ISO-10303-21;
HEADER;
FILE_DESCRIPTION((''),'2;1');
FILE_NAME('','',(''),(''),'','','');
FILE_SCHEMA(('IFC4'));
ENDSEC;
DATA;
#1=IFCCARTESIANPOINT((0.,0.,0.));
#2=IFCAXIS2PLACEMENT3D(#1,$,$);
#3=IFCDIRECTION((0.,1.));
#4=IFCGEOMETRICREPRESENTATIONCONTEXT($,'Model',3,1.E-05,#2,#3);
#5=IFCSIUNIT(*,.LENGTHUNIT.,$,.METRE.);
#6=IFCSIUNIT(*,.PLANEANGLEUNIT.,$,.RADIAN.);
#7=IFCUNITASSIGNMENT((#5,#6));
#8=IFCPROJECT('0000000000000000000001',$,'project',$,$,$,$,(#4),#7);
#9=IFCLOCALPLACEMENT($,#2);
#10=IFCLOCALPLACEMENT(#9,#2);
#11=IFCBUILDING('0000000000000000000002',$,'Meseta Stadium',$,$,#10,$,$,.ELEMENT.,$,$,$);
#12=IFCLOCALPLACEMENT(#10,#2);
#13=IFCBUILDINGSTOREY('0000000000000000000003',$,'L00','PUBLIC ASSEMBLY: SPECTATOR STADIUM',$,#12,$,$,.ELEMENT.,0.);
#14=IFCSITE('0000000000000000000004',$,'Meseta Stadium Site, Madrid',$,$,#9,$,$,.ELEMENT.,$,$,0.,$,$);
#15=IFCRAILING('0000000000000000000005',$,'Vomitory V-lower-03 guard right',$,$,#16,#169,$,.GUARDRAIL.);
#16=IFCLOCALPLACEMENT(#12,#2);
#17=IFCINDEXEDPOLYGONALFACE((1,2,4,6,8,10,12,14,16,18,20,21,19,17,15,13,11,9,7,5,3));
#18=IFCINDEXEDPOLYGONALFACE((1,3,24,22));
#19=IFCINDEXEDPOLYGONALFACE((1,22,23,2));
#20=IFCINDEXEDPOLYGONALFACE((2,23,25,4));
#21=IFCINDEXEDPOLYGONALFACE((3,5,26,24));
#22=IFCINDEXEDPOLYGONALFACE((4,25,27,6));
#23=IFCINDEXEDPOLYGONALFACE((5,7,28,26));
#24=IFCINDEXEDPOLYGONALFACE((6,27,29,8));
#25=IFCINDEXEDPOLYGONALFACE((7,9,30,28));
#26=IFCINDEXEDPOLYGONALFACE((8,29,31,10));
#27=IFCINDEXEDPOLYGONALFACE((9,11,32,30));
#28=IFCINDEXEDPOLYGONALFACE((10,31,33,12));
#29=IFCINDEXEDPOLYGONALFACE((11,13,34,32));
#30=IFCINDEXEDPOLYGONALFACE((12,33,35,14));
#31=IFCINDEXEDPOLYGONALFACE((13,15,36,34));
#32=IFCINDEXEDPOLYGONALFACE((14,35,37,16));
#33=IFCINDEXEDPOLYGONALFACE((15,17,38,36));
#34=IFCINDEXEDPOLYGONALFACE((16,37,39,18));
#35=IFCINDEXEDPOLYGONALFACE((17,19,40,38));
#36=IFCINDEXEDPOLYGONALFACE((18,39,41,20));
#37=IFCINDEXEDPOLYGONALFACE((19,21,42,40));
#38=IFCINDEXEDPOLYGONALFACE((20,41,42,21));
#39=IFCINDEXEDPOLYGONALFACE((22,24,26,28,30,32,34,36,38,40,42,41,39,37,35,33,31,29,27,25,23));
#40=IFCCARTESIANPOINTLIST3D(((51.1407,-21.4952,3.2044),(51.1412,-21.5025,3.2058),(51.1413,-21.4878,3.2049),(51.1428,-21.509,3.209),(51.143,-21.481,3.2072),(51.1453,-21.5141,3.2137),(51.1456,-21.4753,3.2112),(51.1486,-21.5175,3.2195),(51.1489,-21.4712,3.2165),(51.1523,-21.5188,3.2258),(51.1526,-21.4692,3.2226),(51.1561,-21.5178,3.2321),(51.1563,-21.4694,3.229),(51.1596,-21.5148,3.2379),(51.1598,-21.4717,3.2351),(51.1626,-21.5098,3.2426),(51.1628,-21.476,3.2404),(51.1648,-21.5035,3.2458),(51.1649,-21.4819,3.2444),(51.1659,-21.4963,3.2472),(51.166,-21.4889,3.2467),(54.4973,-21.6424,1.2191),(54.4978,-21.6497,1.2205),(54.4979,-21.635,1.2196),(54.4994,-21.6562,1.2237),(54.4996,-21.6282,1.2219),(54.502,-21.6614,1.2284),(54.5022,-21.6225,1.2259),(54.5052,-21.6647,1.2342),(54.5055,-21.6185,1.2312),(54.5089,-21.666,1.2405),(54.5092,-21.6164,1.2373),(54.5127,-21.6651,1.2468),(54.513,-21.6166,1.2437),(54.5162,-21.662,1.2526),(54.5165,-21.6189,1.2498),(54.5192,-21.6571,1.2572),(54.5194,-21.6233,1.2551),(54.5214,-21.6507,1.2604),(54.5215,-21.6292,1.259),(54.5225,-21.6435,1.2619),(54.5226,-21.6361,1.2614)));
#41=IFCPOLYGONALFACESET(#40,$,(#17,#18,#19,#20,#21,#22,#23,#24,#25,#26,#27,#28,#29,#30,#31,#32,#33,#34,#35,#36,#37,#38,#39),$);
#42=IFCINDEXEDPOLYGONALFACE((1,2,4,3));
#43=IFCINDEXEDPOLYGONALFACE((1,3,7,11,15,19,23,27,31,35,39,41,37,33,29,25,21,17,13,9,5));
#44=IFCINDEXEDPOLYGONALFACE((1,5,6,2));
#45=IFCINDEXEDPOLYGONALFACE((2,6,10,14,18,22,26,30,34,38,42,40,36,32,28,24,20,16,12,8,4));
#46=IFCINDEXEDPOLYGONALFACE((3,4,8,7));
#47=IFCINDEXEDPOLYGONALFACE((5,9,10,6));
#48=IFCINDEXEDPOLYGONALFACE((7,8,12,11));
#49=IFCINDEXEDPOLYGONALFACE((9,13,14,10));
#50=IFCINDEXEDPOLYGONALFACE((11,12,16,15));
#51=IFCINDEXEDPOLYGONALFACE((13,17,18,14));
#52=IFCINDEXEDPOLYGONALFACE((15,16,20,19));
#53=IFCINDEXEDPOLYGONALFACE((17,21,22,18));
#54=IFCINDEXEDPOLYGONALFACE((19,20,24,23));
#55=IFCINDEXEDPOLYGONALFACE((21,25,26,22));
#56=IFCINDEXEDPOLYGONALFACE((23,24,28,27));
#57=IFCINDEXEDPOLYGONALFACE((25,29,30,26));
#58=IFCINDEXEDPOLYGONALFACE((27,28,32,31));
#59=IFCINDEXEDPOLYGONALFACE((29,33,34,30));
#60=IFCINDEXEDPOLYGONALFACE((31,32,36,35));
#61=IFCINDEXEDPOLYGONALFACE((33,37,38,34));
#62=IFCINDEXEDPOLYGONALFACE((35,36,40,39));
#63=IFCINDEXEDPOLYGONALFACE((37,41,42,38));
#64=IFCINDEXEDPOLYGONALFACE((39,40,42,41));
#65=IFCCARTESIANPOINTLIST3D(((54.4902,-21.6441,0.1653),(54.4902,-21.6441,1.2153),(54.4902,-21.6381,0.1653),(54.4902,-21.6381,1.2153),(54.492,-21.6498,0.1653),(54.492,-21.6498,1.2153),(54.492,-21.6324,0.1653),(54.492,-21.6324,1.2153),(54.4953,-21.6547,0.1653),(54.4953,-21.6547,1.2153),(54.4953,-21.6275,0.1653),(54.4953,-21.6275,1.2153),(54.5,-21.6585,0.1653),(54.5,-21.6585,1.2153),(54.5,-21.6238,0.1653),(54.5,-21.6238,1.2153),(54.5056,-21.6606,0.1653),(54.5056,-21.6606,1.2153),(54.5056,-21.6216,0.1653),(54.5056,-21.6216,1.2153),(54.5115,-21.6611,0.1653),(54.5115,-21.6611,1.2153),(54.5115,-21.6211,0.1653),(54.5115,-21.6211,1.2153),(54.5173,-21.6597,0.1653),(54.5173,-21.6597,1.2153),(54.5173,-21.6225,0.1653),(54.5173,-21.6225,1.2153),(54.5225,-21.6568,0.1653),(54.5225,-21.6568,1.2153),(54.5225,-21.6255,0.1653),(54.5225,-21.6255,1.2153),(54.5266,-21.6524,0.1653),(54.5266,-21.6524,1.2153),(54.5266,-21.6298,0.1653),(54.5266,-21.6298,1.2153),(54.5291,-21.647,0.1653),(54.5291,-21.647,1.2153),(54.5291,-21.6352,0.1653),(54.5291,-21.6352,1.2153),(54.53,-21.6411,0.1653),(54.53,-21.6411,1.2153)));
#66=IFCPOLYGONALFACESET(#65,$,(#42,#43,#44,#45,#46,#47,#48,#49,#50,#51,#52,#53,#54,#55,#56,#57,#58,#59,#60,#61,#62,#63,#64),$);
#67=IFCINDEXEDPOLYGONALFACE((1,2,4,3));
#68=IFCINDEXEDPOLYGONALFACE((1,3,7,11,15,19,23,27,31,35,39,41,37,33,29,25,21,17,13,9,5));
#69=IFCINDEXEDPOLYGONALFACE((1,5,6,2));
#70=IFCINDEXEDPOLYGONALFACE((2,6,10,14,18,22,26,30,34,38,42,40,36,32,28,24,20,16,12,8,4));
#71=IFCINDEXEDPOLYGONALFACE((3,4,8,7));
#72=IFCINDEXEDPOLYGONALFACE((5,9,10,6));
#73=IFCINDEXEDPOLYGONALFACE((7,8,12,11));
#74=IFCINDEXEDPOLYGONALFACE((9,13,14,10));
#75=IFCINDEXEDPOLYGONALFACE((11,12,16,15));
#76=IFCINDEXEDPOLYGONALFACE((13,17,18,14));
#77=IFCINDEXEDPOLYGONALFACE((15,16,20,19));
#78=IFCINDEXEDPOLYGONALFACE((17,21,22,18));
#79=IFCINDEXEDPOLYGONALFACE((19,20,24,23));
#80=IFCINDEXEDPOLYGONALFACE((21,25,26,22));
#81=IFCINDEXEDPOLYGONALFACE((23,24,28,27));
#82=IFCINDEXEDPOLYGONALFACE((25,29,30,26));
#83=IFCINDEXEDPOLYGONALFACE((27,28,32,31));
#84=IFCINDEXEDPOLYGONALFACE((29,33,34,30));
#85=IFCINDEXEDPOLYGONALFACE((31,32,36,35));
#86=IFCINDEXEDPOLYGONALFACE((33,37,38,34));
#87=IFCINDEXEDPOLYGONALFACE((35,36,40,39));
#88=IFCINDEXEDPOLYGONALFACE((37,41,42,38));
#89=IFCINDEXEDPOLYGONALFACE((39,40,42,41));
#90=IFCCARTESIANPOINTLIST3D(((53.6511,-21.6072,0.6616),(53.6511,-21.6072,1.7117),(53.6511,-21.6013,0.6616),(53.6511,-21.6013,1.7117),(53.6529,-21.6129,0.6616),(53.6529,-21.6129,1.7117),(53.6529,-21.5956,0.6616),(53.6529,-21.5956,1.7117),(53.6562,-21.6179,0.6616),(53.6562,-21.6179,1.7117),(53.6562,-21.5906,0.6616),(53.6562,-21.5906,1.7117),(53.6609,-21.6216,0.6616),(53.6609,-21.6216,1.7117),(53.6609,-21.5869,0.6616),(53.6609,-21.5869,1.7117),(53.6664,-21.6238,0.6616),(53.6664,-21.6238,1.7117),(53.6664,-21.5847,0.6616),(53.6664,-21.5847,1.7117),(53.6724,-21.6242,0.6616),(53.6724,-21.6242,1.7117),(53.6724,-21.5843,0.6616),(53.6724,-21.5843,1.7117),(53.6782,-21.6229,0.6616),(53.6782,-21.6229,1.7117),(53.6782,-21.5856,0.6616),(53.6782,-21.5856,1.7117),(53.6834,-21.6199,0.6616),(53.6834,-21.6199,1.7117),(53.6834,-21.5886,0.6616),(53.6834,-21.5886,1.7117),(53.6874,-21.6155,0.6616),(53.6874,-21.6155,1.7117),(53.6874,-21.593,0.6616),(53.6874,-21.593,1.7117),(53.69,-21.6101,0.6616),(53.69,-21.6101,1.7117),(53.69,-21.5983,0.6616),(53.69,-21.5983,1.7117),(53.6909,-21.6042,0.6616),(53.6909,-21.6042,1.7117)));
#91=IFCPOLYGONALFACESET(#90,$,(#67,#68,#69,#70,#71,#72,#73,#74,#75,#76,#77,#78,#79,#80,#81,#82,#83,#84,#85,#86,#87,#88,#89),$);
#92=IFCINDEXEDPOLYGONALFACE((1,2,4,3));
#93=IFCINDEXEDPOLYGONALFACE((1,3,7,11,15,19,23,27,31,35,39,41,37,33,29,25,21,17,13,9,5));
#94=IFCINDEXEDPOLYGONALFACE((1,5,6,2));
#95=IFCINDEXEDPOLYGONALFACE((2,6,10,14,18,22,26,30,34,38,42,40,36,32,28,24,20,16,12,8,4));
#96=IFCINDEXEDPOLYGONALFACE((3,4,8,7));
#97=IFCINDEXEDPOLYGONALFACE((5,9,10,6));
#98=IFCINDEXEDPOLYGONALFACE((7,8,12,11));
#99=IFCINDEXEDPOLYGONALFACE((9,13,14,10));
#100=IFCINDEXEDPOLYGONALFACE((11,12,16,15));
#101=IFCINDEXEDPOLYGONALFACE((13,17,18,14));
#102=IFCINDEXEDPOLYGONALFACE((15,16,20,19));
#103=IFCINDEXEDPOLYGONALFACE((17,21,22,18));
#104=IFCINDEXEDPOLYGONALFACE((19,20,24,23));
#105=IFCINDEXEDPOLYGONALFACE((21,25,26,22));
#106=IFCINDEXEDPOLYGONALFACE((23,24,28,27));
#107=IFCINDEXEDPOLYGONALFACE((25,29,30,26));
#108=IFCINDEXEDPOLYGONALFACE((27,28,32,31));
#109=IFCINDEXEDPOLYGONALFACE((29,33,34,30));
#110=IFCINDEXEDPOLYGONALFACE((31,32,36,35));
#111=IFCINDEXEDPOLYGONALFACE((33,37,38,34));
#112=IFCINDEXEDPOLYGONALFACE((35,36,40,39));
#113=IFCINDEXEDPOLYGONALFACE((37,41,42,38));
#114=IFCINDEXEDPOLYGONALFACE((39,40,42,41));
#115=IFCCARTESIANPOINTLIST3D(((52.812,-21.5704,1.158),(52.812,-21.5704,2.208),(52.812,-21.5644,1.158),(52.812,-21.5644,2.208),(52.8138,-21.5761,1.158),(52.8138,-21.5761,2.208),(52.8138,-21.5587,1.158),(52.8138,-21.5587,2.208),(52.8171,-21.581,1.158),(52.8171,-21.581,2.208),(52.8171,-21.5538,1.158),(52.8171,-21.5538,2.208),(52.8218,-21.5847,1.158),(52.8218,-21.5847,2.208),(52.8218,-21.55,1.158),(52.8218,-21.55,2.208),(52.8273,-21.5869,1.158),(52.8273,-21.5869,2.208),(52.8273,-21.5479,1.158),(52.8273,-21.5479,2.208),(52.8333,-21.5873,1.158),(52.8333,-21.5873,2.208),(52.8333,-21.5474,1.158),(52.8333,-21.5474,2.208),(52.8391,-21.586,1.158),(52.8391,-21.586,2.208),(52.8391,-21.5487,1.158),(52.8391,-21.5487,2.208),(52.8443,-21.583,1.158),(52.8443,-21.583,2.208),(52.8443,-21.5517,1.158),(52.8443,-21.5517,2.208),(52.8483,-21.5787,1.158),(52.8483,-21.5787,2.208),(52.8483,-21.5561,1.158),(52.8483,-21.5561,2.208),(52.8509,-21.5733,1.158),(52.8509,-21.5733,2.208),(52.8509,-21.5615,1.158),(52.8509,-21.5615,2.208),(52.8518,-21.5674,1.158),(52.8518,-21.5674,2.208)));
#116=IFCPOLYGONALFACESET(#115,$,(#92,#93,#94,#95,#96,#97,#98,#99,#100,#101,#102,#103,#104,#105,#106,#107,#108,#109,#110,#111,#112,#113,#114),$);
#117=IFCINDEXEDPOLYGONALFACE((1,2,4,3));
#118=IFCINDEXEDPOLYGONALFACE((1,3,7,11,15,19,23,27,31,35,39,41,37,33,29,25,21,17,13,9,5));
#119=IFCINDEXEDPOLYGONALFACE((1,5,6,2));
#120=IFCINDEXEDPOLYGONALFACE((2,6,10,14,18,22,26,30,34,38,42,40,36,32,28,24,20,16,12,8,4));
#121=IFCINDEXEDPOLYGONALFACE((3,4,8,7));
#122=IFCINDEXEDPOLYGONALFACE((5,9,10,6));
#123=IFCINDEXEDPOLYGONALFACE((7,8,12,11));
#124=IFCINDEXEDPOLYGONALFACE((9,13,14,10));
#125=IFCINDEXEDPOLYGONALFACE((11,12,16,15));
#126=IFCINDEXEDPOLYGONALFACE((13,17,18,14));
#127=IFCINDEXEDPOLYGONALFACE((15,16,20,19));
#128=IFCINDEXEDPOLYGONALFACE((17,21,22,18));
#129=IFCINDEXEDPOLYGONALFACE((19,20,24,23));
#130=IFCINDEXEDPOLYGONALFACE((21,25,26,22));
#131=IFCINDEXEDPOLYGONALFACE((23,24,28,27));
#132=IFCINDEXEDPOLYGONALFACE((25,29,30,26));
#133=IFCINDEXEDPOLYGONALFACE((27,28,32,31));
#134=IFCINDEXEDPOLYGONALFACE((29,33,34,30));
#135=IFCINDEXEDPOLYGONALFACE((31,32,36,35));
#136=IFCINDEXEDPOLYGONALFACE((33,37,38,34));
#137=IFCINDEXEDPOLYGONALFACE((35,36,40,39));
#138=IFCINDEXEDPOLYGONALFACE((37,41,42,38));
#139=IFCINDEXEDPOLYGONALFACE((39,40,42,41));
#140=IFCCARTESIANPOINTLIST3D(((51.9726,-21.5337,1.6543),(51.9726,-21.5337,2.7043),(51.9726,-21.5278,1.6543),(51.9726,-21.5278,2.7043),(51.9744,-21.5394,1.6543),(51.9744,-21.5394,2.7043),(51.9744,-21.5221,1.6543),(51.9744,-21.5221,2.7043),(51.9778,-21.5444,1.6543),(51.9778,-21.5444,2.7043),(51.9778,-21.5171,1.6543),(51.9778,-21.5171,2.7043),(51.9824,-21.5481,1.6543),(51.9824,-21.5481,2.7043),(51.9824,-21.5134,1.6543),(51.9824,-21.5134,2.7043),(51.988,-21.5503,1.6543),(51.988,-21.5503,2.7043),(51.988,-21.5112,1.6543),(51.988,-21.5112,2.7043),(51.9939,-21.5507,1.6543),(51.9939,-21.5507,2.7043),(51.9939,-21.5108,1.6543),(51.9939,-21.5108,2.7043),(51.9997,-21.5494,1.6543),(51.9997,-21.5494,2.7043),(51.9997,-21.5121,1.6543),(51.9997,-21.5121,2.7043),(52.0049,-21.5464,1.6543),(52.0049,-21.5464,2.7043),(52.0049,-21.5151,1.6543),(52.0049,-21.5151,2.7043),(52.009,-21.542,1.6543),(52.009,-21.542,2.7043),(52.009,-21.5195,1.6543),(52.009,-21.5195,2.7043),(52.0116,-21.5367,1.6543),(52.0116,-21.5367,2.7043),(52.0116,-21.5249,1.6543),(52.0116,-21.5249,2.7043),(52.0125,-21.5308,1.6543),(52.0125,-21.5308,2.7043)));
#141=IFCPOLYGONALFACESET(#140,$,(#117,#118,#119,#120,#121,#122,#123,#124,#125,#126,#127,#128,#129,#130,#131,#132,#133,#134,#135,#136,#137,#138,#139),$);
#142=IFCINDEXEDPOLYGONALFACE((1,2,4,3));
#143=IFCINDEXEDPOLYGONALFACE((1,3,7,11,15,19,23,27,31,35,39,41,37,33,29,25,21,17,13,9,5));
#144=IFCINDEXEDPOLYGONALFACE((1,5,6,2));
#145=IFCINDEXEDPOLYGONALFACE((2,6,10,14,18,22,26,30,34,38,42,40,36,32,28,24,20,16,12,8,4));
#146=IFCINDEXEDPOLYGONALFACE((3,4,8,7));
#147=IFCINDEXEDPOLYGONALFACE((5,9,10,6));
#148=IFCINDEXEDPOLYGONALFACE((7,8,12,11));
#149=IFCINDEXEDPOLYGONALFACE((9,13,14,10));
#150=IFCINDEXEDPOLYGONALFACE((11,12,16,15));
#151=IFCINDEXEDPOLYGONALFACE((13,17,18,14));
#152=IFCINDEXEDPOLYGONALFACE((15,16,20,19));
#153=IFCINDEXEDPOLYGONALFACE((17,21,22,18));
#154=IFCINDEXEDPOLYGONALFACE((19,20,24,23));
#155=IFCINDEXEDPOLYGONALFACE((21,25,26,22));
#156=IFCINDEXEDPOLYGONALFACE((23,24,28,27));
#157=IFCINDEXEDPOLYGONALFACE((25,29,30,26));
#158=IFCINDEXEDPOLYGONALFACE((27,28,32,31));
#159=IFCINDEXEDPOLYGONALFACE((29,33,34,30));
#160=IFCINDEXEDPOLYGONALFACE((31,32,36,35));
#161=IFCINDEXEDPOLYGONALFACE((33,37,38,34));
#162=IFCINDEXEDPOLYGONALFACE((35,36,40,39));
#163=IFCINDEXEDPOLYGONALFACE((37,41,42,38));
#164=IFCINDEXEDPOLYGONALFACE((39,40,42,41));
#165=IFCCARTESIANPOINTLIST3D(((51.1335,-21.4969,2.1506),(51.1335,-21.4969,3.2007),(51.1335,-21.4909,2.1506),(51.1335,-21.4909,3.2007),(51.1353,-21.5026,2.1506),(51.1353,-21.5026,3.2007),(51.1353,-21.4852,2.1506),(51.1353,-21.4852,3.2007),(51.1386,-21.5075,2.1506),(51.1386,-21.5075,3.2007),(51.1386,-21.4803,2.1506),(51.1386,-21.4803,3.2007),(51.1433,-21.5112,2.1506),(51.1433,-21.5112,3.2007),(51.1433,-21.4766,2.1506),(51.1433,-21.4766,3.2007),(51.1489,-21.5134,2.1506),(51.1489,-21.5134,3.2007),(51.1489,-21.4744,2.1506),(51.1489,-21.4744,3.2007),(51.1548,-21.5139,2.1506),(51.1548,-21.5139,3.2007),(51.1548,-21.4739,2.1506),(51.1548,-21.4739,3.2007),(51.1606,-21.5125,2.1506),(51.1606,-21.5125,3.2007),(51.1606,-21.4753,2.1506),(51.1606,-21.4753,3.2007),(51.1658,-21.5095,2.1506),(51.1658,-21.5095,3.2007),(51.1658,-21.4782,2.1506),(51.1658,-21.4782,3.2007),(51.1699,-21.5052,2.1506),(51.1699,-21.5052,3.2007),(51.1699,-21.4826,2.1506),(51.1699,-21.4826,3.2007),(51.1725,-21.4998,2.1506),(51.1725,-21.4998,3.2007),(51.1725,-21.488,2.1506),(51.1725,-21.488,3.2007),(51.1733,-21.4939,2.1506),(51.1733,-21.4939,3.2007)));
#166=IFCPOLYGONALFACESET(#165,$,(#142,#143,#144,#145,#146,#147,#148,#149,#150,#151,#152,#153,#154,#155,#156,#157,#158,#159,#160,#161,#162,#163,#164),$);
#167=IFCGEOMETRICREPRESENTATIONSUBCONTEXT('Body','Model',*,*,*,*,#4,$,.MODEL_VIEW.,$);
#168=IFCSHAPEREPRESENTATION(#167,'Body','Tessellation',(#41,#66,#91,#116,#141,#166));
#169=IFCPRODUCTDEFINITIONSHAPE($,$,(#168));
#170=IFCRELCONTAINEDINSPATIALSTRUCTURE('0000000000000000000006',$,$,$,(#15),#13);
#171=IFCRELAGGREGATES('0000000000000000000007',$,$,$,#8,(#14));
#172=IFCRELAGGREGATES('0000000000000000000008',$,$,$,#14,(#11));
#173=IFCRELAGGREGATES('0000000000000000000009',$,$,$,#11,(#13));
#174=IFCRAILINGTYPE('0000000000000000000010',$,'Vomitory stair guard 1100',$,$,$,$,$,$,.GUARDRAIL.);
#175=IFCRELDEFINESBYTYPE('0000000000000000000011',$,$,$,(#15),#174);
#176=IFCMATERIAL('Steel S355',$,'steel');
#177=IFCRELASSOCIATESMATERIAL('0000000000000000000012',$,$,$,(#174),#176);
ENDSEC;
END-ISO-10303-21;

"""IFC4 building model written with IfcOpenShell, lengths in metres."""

from ifc_helpers import new_model, si_unit, direction, frame, origin, origin_2d, place, context, subcontext, project, spatial, circle, extrude, material, type_object, element, save


model = new_model("IFC4")

# Units and contexts
model_context = context("Model", 3, precision=1e-05, world=origin(), true_north=direction((0.0, 1.0)))
body_context = subcontext(model_context, "Body", "Model", "MODEL_VIEW")
ifc_project = project(units=[si_unit("LENGTHUNIT", "METRE"), si_unit("PLANEANGLEUNIT", "RADIAN")], contexts=[model_context])

# Site, building, storey
site_placement = place(None, origin())
site = spatial("IfcSite", under=ifc_project, at=site_placement, Name="Meseta Stadium Site, Madrid", CompositionType="ELEMENT", RefElevation=0.0)
building_placement = place(site_placement, origin())
building = spatial("IfcBuilding", under=site, at=building_placement, Name="Meseta Stadium", CompositionType="ELEMENT")
storey_placement = place(building_placement, origin())
storey = spatial("IfcBuildingStorey", under=building, at=storey_placement, Name="L00", Description="PUBLIC ASSEMBLY: SPECTATOR STADIUM", CompositionType="ELEMENT", Elevation=0.0)

# Railing
ifc_material_1 = material(Name="Steel S355", Category="steel")
railing_type_1 = type_object("IfcRailingType", Name="Vomitory stair guard 1100", PredefinedType="GUARDRAIL", material=ifc_material_1)
for number, where, name in (
    (1, (54.51, -21.6411, 0.1653), "Vomitory V-lower-03 guard right"),
):
    element("IfcRailing", number, at=place(storey_placement, frame(where)), inside=storey, type_object=railing_type_1, Name=name, PredefinedType="GUARDRAIL", context=body_context, shape_type="SweptSolid", body=[
        extrude(circle(Radius=0.0249, at=origin_2d()), frame((0.0, 0.0, 1.0752), z_axis=(-0.860106, 0.037722, 0.508719), x_axis=(-0.043816, -0.99904, 0.0)), (0.0, 0.0, 1.0), 3.9026),
        extrude(circle(Radius=0.02, at=origin_2d()), origin(), (0.0, 0.0, 1.0), 1.05),
        extrude(circle(Radius=0.02, at=origin_2d()), frame((-0.8391, 0.0369, 0.4963)), (0.0, 0.0, 1.0), 1.05),
        extrude(circle(Radius=0.02, at=origin_2d()), frame((-1.6782, 0.0737, 0.9927)), (0.0, 0.0, 1.0), 1.05),
        extrude(circle(Radius=0.02, at=origin_2d()), frame((-2.5176, 0.1104, 1.489)), (0.0, 0.0, 1.0), 1.05),
        extrude(circle(Radius=0.02, at=origin_2d()), frame((-3.3567, 0.1472, 1.9854)), (0.0, 0.0, 1.0), 1.05),
    ])

save(model, "model.ifc")
